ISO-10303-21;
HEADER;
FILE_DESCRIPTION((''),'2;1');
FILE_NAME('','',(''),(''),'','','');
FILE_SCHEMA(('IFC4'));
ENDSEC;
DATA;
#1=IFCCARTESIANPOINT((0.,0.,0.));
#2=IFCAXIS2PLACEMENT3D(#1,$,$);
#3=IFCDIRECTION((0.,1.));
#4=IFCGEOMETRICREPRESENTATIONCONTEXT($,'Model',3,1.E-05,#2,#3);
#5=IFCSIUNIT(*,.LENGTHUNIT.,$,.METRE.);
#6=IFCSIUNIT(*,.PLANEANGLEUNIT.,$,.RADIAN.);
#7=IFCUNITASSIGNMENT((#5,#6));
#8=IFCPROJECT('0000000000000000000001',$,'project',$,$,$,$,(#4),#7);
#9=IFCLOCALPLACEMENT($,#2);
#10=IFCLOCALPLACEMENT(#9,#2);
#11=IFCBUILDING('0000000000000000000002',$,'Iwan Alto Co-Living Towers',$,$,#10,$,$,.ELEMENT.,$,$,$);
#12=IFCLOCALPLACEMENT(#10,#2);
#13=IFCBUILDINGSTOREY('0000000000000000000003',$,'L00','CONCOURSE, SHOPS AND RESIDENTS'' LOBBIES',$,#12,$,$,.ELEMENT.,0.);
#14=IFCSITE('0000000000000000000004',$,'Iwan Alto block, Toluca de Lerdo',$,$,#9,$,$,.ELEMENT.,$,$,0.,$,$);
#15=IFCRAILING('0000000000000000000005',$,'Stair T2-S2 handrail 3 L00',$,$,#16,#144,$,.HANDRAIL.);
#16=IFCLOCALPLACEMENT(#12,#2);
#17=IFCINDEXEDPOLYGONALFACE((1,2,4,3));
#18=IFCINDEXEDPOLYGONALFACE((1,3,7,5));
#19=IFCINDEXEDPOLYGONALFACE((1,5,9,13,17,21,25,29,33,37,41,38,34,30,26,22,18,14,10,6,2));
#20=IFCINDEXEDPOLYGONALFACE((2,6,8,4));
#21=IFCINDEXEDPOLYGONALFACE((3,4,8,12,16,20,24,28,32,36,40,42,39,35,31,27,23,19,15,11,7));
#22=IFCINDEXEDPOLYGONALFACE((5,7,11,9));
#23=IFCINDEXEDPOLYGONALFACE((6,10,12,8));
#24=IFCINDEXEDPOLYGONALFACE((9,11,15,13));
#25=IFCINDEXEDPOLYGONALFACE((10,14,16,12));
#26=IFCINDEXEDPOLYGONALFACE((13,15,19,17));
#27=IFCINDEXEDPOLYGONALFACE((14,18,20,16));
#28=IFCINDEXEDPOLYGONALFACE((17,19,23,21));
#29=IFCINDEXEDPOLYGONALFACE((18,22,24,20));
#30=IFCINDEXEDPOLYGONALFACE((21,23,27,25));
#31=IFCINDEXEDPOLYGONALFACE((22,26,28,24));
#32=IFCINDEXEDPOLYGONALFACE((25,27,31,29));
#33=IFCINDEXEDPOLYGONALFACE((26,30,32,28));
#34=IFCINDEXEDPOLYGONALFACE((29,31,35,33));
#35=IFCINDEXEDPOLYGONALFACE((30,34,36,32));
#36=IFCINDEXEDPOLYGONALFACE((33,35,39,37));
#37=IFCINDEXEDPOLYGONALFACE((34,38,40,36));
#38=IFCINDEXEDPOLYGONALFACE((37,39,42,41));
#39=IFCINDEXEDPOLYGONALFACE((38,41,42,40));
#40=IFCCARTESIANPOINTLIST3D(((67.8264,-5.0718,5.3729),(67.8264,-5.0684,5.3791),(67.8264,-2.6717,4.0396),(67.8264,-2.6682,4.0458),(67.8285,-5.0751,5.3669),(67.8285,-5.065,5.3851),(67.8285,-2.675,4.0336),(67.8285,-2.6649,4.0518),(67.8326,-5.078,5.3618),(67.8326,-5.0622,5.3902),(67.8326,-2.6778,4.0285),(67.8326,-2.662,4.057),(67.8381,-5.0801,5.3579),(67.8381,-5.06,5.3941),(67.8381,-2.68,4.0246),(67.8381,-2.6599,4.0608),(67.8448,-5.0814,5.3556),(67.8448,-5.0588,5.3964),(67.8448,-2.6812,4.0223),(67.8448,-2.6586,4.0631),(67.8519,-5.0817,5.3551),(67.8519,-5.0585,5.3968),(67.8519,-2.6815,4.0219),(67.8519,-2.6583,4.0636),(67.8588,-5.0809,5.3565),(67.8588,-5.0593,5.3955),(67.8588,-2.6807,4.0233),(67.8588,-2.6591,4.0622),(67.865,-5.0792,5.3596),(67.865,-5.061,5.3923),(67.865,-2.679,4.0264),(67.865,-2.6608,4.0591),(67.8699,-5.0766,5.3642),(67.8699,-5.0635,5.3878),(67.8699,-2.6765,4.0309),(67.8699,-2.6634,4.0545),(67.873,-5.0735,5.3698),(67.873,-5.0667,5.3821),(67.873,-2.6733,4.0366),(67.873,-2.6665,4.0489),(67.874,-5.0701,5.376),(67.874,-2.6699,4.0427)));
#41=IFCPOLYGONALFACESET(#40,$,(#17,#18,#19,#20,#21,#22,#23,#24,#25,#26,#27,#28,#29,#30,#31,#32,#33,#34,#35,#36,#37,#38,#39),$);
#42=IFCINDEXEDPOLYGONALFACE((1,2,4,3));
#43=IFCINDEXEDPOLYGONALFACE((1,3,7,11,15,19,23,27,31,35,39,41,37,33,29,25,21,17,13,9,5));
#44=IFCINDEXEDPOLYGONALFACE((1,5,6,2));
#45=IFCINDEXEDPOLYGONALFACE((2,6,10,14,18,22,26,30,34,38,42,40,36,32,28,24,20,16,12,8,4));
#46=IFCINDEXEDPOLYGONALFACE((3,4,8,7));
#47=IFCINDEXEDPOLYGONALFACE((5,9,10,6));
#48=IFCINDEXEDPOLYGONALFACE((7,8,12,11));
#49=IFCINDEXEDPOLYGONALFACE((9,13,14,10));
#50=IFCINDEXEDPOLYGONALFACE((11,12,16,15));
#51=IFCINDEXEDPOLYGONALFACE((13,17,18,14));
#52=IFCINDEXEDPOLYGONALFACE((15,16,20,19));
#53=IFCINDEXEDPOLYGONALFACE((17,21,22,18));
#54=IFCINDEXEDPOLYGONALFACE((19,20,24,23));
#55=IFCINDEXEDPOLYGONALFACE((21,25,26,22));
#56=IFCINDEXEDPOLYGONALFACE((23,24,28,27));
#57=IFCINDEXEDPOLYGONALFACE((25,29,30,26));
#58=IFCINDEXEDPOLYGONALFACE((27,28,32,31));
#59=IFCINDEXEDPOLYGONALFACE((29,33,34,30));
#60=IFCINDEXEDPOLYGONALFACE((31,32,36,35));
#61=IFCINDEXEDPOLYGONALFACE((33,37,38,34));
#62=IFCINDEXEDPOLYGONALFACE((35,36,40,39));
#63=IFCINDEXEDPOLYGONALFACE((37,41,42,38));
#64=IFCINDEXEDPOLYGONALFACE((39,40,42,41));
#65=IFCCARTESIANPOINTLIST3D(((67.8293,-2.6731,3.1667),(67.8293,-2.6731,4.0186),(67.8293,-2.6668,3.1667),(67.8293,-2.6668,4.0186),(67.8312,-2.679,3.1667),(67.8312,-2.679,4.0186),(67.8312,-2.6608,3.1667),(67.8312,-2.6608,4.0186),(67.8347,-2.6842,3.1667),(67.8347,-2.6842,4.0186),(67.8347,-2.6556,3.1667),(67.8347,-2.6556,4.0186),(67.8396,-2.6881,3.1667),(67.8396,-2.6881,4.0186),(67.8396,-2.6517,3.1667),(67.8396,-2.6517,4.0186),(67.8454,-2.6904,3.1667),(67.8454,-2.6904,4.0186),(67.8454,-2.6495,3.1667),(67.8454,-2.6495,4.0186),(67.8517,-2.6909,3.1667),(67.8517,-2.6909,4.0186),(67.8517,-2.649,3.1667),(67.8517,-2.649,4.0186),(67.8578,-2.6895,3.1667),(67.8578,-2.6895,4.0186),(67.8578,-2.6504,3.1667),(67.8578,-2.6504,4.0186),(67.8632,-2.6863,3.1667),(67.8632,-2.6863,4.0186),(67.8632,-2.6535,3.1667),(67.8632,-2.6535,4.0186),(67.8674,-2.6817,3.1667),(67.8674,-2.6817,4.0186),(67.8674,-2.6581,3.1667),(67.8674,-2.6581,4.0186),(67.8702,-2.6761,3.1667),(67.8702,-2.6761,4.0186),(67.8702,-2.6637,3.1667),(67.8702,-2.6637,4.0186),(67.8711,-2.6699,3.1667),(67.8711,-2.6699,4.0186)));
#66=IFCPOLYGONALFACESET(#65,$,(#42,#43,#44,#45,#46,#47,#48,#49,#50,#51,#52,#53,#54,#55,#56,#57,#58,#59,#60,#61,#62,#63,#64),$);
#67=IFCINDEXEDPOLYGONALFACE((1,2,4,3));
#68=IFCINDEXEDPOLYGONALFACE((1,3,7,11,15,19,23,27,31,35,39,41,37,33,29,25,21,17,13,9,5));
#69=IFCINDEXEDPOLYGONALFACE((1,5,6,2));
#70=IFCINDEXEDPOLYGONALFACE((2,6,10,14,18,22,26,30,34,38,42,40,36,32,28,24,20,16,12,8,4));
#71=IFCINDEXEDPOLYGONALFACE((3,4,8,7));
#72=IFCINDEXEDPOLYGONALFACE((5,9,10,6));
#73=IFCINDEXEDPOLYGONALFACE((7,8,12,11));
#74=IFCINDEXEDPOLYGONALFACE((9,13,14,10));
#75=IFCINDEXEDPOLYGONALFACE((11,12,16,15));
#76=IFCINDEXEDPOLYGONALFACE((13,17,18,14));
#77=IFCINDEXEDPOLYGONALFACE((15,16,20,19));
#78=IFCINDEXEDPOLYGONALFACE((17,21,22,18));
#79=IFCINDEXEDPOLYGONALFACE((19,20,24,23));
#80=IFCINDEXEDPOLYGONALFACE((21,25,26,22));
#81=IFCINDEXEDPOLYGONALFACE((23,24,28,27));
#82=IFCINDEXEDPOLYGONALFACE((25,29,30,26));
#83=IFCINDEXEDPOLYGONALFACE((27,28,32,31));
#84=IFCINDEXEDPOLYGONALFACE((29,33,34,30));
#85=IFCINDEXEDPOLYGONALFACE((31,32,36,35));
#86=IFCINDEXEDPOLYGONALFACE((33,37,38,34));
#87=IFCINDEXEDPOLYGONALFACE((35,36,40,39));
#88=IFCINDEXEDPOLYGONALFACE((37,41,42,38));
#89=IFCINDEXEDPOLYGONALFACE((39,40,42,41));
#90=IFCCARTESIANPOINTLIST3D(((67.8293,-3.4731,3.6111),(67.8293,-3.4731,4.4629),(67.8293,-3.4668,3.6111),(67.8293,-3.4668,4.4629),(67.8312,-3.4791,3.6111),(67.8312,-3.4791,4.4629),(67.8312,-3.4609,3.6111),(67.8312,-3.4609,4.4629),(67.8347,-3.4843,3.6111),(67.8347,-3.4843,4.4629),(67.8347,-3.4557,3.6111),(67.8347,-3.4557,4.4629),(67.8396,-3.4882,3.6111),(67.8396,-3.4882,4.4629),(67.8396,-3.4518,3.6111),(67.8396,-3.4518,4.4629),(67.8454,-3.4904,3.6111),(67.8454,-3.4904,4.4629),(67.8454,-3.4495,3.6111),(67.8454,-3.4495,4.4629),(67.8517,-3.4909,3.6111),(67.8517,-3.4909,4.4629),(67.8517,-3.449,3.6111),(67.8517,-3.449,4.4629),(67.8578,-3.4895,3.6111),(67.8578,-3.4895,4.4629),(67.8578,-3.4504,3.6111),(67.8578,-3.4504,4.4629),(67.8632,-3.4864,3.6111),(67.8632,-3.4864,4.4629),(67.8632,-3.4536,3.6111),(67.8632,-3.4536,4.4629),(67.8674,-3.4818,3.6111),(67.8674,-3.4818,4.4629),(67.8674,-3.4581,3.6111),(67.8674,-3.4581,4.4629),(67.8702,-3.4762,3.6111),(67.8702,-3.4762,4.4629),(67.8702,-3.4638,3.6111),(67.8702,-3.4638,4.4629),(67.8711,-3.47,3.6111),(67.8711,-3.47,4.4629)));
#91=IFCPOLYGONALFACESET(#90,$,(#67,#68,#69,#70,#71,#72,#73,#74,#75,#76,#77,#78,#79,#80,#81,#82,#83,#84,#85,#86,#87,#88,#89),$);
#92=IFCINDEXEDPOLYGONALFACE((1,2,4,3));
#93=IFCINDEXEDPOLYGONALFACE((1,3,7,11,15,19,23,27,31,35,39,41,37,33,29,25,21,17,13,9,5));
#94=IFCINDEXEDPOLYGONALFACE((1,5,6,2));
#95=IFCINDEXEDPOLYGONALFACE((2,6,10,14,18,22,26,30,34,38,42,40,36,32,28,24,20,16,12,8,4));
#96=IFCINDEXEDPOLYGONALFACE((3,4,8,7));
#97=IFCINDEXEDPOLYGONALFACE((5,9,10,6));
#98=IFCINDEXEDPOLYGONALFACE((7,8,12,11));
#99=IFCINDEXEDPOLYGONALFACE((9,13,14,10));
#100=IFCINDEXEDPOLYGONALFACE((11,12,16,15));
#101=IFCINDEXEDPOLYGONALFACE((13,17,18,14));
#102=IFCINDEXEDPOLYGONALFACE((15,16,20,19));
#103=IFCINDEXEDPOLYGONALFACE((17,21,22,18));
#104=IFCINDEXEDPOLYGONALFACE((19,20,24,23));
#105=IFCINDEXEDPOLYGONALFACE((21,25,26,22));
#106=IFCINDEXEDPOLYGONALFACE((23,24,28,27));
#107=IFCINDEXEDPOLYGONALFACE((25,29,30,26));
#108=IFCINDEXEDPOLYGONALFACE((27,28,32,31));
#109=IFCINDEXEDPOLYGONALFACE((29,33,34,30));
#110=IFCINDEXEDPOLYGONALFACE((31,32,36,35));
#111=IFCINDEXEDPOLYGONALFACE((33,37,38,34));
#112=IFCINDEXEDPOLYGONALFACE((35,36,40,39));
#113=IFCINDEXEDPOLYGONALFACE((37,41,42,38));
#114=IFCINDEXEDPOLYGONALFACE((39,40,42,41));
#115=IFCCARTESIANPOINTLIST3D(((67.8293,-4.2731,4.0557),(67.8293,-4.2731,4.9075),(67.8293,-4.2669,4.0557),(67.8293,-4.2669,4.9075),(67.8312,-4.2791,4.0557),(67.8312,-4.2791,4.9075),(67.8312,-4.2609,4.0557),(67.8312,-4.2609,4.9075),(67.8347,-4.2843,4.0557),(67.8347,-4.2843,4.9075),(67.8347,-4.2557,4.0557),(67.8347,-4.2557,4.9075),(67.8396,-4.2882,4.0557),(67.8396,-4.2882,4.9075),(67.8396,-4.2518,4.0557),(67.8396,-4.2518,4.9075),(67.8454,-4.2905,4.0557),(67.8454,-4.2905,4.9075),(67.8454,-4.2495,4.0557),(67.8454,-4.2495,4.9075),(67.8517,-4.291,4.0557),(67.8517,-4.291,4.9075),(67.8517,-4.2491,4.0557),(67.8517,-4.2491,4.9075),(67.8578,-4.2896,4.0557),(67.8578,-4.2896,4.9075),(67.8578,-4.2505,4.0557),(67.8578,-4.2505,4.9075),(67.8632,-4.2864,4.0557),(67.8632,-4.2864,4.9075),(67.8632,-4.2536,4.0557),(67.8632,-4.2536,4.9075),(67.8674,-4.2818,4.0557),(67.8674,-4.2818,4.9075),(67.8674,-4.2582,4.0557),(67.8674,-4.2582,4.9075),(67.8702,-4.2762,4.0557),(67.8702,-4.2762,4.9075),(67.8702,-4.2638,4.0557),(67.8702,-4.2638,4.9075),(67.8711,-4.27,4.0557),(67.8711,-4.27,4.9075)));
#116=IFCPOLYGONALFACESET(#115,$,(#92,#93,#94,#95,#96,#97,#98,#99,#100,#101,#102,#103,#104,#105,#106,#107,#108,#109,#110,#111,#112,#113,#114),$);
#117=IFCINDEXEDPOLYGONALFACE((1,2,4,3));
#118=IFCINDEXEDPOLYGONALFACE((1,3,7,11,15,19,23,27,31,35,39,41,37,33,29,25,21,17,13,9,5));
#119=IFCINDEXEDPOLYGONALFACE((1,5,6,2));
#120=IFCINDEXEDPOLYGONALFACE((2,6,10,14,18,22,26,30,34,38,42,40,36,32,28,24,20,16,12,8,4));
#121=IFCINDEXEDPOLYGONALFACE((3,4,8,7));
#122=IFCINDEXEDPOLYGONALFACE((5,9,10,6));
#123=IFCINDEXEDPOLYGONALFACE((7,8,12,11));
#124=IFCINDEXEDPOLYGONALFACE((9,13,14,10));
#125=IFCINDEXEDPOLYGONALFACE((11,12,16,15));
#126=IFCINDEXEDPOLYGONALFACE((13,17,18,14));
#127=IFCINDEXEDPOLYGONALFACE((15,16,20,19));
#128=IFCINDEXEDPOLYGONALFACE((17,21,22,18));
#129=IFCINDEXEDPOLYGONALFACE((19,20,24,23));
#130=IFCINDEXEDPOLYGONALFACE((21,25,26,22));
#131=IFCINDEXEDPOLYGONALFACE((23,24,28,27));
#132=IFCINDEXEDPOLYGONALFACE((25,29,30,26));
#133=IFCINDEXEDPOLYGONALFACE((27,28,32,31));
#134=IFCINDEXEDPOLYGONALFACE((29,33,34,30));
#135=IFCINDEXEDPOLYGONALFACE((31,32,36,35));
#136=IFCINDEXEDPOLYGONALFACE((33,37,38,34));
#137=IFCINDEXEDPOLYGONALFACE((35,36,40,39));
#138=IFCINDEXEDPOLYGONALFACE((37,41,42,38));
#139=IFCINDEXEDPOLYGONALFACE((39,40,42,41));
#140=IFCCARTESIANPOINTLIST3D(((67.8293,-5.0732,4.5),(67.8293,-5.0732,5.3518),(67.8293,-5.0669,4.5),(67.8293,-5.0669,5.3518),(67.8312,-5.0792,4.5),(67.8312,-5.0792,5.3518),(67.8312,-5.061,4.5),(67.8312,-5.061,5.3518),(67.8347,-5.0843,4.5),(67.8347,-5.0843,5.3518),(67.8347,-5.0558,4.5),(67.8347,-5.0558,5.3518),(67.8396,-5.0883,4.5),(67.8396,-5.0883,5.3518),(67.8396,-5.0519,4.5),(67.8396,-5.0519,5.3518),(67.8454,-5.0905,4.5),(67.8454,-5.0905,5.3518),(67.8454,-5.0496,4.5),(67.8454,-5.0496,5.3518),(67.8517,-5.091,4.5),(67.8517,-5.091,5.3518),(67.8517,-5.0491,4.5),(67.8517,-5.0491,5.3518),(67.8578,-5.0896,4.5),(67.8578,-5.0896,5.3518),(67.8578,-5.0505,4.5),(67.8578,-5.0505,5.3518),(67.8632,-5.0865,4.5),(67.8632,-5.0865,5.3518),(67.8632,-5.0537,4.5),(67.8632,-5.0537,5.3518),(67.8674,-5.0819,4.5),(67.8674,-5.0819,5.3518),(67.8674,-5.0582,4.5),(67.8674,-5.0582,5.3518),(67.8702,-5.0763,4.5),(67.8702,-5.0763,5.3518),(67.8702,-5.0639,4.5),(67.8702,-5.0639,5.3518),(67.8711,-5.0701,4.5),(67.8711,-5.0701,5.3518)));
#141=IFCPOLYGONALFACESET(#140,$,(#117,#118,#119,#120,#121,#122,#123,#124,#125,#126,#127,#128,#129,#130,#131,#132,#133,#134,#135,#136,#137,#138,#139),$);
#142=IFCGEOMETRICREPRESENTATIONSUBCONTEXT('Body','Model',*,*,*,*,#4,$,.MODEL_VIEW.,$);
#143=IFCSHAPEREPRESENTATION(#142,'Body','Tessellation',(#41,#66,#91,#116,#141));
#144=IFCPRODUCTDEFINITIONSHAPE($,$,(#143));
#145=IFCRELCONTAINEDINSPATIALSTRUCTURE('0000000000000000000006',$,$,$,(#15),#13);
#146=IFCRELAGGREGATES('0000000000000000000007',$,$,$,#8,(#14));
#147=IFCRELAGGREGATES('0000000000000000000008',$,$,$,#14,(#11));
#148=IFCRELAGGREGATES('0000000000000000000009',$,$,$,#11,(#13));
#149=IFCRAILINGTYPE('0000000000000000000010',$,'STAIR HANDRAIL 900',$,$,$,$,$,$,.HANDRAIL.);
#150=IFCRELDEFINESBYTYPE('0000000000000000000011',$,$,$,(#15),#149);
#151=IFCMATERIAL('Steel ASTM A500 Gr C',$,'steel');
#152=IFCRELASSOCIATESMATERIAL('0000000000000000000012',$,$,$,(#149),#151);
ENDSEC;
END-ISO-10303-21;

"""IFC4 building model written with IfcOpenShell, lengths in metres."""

from ifc_helpers import new_model, si_unit, direction, frame, origin, origin_2d, place, context, subcontext, project, spatial, circle, extrude, material, type_object, element, save


model = new_model("IFC4")

# Units and contexts
model_context = context("Model", 3, precision=1e-05, world=origin(), true_north=direction((0.0, 1.0)))
body_context = subcontext(model_context, "Body", "Model", "MODEL_VIEW")
ifc_project = project(units=[si_unit("LENGTHUNIT", "METRE"), si_unit("PLANEANGLEUNIT", "RADIAN")], contexts=[model_context])

# Site, building, storey
site_placement = place(None, origin())
site = spatial("IfcSite", under=ifc_project, at=site_placement, Name="Iwan Alto block, Toluca de Lerdo", CompositionType="ELEMENT", RefElevation=0.0)
building_placement = place(site_placement, origin())
building = spatial("IfcBuilding", under=site, at=building_placement, Name="Iwan Alto Co-Living Towers", CompositionType="ELEMENT")
storey_placement = place(building_placement, origin())
storey = spatial("IfcBuildingStorey", under=building, at=storey_placement, Name="L00", Description="CONCOURSE, SHOPS AND RESIDENTS' LOBBIES", CompositionType="ELEMENT", Elevation=0.0)

# Railing
ifc_material_1 = material(Name="Steel ASTM A500 Gr C", Category="steel")
railing_type_1 = type_object("IfcRailingType", Name="STAIR HANDRAIL 900", PredefinedType="HANDRAIL", material=ifc_material_1)
railing_1_placement = place(storey_placement, frame((67.8501, -2.6699, 3.1667)))
element("IfcRailing", 1, at=railing_1_placement, inside=storey, type_object=railing_type_1, Name="Stair T2-S2 handrail 3 L00", PredefinedType="HANDRAIL", context=body_context, shape_type="SweptSolid", body=[
    extrude(circle(Radius=0.0239, at=origin_2d()), frame((0.0, 0.0, 0.876), z_axis=(0.0, -0.874182, 0.485598), x_axis=(1.0, 0.0, 0.0)), (0.0, 0.0, 1.0), 2.7456),
    extrude(circle(Radius=0.021, at=origin_2d()), origin(), (0.0, 0.0, 1.0), 0.8518),
    extrude(circle(Radius=0.021, at=origin_2d()), frame((0.0, -0.8, 0.4443)), (0.0, 0.0, 1.0), 0.8518),
    extrude(circle(Radius=0.021, at=origin_2d()), frame((0.0, -1.6001, 0.8889)), (0.0, 0.0, 1.0), 0.8518),
    extrude(circle(Radius=0.021, at=origin_2d()), frame((0.0, -2.4001, 1.3333)), (0.0, 0.0, 1.0), 0.8518),
])

save(model, "model.ifc")
